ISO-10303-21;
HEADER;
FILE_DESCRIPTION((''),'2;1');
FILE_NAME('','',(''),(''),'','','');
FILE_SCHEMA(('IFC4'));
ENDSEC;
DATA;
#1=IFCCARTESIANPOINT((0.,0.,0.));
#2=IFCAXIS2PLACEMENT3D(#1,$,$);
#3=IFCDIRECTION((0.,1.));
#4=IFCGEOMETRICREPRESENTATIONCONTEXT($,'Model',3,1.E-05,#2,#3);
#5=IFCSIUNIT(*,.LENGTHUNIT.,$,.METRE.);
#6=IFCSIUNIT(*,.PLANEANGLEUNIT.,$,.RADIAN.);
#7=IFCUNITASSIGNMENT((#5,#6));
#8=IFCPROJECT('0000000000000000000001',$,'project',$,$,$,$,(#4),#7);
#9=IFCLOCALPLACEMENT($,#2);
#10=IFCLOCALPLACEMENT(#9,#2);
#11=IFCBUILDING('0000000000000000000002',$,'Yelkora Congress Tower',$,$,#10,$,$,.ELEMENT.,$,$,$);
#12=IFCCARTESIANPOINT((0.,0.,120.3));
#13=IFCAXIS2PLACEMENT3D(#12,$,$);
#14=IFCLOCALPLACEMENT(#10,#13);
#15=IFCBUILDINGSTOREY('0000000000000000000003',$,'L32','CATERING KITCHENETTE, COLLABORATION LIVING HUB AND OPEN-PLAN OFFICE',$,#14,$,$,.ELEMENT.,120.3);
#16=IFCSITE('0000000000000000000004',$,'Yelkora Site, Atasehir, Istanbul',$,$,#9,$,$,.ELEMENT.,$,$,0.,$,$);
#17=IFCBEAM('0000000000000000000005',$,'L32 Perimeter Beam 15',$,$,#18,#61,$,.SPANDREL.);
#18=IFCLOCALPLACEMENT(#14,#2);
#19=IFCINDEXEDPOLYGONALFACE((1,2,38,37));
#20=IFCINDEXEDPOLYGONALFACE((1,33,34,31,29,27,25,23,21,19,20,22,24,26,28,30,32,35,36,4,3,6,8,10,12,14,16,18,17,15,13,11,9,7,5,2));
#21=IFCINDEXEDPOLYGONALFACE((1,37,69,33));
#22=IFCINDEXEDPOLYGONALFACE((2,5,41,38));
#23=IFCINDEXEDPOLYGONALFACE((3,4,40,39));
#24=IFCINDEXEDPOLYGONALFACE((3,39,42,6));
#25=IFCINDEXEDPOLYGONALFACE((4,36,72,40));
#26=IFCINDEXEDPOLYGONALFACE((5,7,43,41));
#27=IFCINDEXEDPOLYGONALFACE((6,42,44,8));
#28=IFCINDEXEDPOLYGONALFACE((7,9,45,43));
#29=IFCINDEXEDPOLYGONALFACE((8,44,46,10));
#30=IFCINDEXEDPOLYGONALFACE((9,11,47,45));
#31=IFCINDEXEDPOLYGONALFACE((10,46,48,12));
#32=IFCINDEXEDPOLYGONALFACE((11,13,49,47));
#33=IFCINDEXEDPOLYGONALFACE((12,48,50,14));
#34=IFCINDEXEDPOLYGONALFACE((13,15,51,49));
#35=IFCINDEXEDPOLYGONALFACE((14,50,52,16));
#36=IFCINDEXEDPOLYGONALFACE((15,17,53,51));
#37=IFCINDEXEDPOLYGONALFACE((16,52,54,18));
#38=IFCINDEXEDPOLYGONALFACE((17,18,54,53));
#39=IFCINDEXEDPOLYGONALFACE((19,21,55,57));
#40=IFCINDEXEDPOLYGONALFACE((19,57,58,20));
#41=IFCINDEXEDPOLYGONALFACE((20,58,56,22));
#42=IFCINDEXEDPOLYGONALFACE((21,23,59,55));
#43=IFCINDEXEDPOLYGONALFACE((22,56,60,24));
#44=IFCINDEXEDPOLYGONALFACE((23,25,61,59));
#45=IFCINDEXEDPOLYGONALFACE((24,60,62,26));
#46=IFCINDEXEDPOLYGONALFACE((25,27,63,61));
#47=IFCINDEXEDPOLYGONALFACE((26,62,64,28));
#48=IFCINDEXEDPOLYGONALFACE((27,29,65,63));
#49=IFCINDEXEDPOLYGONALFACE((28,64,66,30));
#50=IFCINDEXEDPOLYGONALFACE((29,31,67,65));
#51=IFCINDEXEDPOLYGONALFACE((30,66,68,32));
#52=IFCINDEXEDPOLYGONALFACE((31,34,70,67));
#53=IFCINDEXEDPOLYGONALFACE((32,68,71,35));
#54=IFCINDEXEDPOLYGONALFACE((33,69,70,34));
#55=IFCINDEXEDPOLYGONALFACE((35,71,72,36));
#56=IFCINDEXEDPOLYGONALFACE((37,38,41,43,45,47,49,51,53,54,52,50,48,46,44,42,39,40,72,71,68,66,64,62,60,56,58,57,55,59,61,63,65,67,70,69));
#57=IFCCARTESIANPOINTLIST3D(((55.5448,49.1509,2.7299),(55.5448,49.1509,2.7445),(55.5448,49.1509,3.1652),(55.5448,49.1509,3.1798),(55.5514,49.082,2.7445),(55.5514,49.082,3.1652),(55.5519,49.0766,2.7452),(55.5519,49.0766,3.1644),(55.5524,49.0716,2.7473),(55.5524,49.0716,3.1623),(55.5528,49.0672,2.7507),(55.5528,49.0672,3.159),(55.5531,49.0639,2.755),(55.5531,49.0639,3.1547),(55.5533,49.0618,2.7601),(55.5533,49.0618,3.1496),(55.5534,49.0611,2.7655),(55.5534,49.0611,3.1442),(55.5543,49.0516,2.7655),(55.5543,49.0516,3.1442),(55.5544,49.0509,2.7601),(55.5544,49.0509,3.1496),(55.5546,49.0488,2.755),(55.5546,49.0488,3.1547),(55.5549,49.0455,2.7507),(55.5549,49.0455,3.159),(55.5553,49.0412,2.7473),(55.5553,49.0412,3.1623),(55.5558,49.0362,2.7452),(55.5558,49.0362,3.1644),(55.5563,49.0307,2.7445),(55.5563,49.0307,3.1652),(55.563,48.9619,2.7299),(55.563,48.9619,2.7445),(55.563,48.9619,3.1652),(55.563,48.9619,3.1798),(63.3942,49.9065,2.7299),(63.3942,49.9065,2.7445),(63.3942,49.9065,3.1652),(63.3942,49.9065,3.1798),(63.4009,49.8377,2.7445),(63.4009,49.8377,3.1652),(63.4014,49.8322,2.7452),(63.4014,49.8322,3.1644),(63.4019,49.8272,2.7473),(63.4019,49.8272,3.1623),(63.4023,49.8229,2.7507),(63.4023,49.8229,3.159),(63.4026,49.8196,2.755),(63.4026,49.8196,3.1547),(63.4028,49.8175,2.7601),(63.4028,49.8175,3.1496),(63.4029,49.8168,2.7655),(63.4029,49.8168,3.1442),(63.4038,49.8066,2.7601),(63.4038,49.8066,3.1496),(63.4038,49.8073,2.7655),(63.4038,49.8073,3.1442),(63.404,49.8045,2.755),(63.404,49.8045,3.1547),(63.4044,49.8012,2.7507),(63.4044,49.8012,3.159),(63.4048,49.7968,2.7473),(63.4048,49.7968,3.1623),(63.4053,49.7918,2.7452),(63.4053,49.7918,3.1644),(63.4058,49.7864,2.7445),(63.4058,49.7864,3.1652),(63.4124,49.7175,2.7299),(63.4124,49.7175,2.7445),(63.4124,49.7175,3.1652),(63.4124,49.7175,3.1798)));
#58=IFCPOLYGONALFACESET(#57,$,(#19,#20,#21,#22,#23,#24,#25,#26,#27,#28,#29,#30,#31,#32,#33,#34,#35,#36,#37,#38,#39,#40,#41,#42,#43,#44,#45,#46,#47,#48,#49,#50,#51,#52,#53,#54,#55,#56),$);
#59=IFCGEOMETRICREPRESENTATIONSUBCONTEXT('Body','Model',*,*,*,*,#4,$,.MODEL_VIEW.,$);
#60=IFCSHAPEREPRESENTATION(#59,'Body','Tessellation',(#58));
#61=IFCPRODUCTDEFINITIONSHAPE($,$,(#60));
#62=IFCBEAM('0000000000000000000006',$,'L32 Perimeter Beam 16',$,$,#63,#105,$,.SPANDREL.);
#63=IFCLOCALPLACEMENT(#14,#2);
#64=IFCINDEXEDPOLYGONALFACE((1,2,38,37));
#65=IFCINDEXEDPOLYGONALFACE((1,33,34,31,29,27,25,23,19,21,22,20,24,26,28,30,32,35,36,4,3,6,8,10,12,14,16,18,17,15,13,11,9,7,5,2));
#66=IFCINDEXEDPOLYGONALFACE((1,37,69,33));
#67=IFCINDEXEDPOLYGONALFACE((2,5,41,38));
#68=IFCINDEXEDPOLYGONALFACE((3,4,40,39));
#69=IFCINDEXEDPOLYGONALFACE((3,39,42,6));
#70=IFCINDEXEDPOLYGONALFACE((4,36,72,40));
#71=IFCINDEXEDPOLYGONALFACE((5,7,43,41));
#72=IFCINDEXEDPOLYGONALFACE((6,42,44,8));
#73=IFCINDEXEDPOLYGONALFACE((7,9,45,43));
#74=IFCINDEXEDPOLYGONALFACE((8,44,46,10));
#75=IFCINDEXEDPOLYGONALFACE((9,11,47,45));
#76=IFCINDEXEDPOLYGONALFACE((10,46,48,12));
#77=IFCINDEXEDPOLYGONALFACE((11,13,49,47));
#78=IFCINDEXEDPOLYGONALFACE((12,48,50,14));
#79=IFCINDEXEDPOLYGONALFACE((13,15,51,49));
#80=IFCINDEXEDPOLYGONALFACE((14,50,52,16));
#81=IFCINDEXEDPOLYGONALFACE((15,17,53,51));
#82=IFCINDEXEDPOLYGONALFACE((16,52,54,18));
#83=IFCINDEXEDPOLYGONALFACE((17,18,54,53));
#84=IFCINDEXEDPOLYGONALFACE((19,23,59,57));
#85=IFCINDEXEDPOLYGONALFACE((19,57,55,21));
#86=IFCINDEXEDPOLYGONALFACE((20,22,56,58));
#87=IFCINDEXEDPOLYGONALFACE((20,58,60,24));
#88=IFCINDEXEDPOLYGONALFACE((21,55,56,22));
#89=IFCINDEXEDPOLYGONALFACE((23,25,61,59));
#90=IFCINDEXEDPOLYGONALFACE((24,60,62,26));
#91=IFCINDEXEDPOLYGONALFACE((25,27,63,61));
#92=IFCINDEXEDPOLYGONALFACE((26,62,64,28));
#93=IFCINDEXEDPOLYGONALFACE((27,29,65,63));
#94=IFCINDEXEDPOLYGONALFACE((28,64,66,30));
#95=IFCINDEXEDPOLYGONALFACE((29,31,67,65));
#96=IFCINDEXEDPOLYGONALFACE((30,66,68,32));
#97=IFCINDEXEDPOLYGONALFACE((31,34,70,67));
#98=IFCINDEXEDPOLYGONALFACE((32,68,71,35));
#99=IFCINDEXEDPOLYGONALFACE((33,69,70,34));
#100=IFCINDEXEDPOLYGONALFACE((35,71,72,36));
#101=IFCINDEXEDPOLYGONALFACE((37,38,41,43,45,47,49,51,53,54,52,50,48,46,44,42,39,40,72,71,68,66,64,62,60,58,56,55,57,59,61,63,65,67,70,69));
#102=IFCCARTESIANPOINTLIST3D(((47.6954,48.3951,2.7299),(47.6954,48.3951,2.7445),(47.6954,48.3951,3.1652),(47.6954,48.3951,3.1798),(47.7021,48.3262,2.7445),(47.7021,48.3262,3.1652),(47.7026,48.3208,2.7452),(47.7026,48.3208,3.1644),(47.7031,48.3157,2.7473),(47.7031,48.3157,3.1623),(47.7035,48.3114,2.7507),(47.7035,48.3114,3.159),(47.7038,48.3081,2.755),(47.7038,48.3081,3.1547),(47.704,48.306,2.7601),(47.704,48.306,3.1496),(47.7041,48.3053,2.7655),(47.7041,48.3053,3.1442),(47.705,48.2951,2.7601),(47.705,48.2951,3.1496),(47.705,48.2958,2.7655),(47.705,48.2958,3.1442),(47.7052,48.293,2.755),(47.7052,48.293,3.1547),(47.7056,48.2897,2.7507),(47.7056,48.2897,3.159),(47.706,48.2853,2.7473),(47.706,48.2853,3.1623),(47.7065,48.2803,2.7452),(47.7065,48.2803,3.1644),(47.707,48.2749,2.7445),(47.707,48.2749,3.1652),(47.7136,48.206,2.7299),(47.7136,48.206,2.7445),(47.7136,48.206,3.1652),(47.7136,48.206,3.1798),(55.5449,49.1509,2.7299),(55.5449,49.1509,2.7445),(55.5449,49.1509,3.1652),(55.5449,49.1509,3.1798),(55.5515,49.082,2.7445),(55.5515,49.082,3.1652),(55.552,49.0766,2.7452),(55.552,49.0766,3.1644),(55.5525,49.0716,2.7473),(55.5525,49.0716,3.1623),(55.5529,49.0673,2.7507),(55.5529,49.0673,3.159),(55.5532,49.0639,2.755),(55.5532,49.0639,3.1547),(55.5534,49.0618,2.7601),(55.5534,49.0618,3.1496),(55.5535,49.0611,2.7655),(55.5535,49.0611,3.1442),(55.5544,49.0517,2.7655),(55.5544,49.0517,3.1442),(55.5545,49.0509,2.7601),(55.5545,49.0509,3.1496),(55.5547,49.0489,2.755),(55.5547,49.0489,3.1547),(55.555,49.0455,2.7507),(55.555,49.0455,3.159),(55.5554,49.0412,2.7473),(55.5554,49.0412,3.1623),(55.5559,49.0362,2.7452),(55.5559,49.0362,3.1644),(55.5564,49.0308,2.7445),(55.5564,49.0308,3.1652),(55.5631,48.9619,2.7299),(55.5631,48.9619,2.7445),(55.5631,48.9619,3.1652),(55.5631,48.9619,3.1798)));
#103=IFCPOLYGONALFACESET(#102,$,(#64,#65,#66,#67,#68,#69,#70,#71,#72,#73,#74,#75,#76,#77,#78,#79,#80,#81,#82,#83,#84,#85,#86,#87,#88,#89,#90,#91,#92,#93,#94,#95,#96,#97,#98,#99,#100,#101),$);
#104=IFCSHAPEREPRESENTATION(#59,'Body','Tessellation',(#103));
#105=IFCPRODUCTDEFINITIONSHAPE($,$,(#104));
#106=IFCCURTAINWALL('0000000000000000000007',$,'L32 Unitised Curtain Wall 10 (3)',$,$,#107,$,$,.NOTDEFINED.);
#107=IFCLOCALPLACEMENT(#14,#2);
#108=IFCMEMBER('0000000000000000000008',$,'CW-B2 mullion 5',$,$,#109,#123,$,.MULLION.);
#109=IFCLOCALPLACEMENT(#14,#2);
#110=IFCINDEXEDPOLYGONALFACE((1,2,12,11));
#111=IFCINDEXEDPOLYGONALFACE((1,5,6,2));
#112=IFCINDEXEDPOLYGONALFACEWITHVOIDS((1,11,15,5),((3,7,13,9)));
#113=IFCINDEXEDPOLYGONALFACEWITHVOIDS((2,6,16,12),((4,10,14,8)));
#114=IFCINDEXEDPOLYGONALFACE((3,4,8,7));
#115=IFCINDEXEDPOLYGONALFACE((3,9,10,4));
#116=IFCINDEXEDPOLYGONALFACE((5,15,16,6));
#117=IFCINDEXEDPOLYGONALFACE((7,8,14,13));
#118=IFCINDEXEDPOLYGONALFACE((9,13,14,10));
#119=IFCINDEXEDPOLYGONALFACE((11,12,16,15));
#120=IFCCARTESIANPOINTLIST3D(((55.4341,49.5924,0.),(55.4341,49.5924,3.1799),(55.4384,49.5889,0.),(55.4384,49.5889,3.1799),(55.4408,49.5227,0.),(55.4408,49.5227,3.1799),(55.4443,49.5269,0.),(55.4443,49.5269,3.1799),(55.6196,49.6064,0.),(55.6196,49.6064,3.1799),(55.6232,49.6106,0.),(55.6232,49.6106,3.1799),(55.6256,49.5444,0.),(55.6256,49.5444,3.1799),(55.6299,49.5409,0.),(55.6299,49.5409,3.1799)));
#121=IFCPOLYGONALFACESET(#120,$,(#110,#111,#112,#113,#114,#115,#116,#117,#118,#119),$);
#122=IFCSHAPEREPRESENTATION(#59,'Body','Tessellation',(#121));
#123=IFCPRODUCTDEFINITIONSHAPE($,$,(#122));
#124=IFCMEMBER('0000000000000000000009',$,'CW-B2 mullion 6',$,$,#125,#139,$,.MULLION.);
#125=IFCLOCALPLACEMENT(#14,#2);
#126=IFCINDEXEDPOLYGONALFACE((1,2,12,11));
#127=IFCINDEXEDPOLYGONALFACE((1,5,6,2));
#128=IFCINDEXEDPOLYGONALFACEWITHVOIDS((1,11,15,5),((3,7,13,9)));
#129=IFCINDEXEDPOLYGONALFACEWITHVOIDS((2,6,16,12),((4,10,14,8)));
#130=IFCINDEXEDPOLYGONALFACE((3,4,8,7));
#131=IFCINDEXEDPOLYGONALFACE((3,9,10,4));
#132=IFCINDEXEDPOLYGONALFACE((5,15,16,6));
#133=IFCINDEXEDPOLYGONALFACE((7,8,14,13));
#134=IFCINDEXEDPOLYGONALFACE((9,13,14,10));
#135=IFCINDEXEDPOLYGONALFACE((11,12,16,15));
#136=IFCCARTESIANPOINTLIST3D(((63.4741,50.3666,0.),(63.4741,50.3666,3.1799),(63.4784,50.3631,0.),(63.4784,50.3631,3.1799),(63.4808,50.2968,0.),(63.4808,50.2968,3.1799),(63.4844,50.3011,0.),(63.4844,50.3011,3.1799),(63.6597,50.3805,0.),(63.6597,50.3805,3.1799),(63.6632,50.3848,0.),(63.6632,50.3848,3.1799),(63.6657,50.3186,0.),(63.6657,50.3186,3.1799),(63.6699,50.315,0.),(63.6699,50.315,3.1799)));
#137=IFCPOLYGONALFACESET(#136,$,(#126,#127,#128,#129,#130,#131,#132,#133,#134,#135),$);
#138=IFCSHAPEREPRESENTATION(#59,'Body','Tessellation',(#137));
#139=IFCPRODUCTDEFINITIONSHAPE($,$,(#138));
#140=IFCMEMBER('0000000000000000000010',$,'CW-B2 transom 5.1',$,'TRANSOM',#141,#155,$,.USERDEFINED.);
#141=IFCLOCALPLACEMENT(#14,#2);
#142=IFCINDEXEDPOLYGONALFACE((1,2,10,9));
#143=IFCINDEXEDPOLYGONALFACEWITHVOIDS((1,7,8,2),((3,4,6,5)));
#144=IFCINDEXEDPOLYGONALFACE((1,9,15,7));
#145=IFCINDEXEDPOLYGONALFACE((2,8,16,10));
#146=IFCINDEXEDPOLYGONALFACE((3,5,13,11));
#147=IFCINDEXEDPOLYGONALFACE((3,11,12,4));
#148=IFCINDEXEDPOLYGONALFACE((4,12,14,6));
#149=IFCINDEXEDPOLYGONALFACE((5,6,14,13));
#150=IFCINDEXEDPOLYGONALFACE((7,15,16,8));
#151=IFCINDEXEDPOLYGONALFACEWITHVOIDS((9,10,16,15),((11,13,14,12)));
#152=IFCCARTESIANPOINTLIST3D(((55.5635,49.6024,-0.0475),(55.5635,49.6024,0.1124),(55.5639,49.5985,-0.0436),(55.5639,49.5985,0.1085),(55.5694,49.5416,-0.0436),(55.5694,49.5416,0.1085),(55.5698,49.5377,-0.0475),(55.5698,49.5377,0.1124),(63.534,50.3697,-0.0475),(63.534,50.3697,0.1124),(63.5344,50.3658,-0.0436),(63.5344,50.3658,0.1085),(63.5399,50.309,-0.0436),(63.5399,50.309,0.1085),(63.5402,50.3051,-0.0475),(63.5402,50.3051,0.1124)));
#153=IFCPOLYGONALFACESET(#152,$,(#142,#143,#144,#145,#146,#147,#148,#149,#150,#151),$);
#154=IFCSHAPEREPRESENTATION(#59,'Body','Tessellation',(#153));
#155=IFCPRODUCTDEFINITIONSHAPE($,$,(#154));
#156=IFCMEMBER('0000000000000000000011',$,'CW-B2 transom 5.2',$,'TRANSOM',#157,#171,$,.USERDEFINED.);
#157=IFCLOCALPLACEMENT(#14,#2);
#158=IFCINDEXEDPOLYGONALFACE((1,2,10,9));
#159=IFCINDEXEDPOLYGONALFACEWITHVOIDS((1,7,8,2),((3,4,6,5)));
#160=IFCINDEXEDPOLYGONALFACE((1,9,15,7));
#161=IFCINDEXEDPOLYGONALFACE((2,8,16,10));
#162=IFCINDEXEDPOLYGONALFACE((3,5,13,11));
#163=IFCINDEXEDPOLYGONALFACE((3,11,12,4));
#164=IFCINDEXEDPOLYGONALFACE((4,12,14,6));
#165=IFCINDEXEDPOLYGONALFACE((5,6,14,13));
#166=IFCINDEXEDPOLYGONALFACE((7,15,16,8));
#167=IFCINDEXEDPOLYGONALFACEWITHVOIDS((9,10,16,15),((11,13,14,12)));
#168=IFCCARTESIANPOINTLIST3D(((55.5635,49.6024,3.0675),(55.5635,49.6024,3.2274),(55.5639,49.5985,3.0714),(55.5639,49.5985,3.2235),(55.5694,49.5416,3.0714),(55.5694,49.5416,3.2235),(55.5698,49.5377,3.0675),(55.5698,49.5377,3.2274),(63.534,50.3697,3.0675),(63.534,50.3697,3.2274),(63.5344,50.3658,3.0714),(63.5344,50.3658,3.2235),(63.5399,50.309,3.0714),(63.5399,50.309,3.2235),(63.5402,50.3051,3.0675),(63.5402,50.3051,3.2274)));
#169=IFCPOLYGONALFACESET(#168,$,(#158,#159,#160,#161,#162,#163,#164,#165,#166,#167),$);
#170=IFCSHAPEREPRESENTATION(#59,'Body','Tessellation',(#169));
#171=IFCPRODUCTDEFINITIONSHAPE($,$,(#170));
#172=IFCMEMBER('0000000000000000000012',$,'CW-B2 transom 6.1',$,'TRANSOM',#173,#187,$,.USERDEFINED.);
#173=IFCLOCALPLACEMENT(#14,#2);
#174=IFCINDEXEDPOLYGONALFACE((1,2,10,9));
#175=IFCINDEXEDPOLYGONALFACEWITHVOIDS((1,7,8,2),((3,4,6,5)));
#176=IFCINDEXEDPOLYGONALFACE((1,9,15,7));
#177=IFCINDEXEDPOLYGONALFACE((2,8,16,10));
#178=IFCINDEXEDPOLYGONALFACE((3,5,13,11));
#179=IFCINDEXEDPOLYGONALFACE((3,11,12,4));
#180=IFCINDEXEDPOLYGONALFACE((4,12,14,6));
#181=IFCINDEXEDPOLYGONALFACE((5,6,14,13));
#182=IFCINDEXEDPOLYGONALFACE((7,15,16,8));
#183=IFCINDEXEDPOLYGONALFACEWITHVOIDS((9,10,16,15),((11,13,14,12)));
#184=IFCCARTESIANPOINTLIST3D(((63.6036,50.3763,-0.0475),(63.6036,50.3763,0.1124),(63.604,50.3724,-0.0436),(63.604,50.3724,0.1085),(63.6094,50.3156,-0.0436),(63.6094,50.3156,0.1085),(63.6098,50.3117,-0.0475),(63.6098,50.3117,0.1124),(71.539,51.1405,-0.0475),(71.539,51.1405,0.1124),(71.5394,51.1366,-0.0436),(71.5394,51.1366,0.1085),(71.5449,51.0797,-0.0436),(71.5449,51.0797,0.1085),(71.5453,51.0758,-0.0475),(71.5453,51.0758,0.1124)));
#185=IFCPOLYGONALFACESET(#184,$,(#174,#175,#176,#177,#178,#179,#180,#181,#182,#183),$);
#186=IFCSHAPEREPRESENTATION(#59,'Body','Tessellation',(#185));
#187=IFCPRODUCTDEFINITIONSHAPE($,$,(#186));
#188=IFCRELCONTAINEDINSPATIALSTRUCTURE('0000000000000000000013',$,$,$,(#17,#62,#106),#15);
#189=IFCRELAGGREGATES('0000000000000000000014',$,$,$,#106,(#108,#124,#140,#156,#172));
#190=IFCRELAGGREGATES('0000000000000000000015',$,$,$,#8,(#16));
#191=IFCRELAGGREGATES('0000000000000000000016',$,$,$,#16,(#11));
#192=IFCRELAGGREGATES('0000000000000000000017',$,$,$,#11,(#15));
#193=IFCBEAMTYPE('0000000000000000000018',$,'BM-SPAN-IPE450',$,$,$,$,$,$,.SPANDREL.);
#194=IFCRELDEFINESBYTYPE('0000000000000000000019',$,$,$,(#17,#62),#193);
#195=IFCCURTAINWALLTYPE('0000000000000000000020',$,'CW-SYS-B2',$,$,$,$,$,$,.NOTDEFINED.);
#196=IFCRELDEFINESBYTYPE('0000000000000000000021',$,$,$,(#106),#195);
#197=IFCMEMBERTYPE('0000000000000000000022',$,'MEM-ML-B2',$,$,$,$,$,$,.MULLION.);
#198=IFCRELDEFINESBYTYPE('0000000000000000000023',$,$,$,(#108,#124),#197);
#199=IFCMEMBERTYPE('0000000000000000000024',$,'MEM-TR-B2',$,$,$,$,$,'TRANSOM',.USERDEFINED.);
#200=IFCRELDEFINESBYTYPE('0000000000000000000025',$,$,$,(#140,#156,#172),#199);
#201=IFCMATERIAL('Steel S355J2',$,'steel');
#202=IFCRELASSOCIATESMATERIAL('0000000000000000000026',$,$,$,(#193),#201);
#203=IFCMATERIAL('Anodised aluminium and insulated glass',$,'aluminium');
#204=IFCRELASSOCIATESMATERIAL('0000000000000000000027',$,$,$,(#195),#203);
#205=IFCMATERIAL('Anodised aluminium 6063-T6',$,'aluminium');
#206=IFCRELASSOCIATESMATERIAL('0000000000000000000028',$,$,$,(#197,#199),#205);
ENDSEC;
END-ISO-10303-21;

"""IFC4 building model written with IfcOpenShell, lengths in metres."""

from ifc_helpers import new_model, si_unit, direction, frame, origin, origin_2d, place, context, subcontext, project, spatial, hollow_rectangle, i_section, extrude, material, material_profile, profile_set, type_object, element, aggregate, save


model = new_model("IFC4")

# Units and contexts
model_context = context("Model", 3, precision=1e-05, world=origin(), true_north=direction((0.0, 1.0)))
body_context = subcontext(model_context, "Body", "Model", "MODEL_VIEW")
ifc_project = project(units=[si_unit("LENGTHUNIT", "METRE"), si_unit("PLANEANGLEUNIT", "RADIAN")], contexts=[model_context])

# Site, building, storey
site_placement = place(None, origin())
site = spatial("IfcSite", under=ifc_project, at=site_placement, Name="Yelkora Site, Atasehir, Istanbul", CompositionType="ELEMENT", RefElevation=0.0)
building_placement = place(site_placement, origin())
building = spatial("IfcBuilding", under=site, at=building_placement, Name="Yelkora Congress Tower", CompositionType="ELEMENT")
storey_placement = place(building_placement, frame((0.0, 0.0, 120.3)))
storey = spatial("IfcBuildingStorey", under=building, at=storey_placement, Name="L32", Description="CATERING KITCHENETTE, COLLABORATION LIVING HUB AND OPEN-PLAN OFFICE", CompositionType="ELEMENT", Elevation=120.3)

# Beams
ifc_material_1 = material(Name="Steel S355J2", Category="steel")
ifc_material_profile_1 = material_profile(ifc_material_1, i_section(OverallWidth=0.1899, OverallDepth=0.45, WebThickness=0.0095, FlangeThickness=0.0146, FilletRadius=0.021, at=origin_2d()), Name="IPE 450")
ifc_profile_set_1 = profile_set([ifc_material_profile_1], Name="Steel S355J2")
beam_type_1 = type_object("IfcBeamType", Name="BM-SPAN-IPE450", PredefinedType="SPANDREL", material=ifc_profile_set_1)
for number, where, z_axis, x_axis, name in (
    (1, (63.4033, 49.812, 2.9548), (-0.995399, -0.095822, 0.0), (0.095822, -0.995399, 0.0), "L32 Perimeter Beam 15"),
    (2, (55.554, 49.0564, 2.9548), (-0.995396, -0.095852, 0.0), (0.095852, -0.995396, 0.0), "L32 Perimeter Beam 16"),
):
    element("IfcBeam", number, at=place(storey_placement, frame(where, z_axis=z_axis, x_axis=x_axis)), inside=storey, type_object=beam_type_1, Name=name, PredefinedType="SPANDREL", context=body_context, shape_type="SweptSolid", body=[
        extrude(i_section(OverallWidth=0.1899, OverallDepth=0.45, WebThickness=0.0095, FlangeThickness=0.0146, FilletRadius=0.021, at=origin_2d()), origin(), (0.0, 0.0, 1.0), 7.8857),
    ])

# Curtain wall, members
ifc_material_2 = material(Name="Anodised aluminium and insulated glass", Category="aluminium")
curtain_wall_type = type_object("IfcCurtainWallType", Name="CW-SYS-B2", PredefinedType="NOTDEFINED", material=ifc_material_2)
curtain_wall_placement = place(storey_placement, origin())
curtain_wall = element("IfcCurtainWall", 3, at=curtain_wall_placement, inside=storey, type_object=curtain_wall_type, Name="L32 Unitised Curtain Wall 10 (3)", PredefinedType="NOTDEFINED")
ifc_material_3 = material(Name="Anodised aluminium 6063-T6", Category="aluminium")
ifc_material_profile_2 = material_profile(ifc_material_3, hollow_rectangle(XDim=0.0701, YDim=0.1899, WallThickness=0.0039, at=origin_2d()), Name="ALU 70x190x4")
ifc_profile_set_2 = profile_set([ifc_material_profile_2], Name="Anodised aluminium 6063-T6")
member_type_1 = type_object("IfcMemberType", Name="MEM-ML-B2", PredefinedType="MULLION", material=ifc_profile_set_2)
member_1_placement = place(storey_placement, frame((55.532, 49.5667, 0.0), z_axis=(0.0, 0.0, 1.0), x_axis=(-0.095844, 0.995396, 0.0)))
member_1 = element("IfcMember", 4, at=member_1_placement, type_object=member_type_1, Name="CW-B2 mullion 5", PredefinedType="MULLION", context=body_context, shape_type="SweptSolid", body=[
    extrude(hollow_rectangle(XDim=0.0701, YDim=0.1899, WallThickness=0.0039, at=origin_2d()), origin(), (0.0, 0.0, 1.0), 3.1799),
])
member_2_placement = place(storey_placement, frame((63.572, 50.3408, 0.0), z_axis=(0.0, 0.0, 1.0), x_axis=(-0.095844, 0.995396, 0.0)))
member_2 = element("IfcMember", 5, at=member_2_placement, type_object=member_type_1, Name="CW-B2 mullion 6", PredefinedType="MULLION", context=body_context, shape_type="SweptSolid", body=[
    extrude(hollow_rectangle(XDim=0.0701, YDim=0.1899, WallThickness=0.0039, at=origin_2d()), origin(), (0.0, 0.0, 1.0), 3.1799),
])
ifc_material_profile_3 = material_profile(ifc_material_3, hollow_rectangle(XDim=0.0649, YDim=0.1599, WallThickness=0.0039, at=origin_2d()), Name="ALU 65x160x4")
ifc_profile_set_3 = profile_set([ifc_material_profile_3], Name="Anodised aluminium 6063-T6")
member_type_2 = type_object("IfcMemberType", Name="MEM-TR-B2", ElementType="TRANSOM", PredefinedType="USERDEFINED", material=ifc_profile_set_3)
member_3_placement = place(storey_placement, frame((55.5667, 49.5701, 0.0325), z_axis=(0.995398, 0.095829, 0.0), x_axis=(-0.095829, 0.995398, 0.0)))
member_3 = element("IfcMember", 6, at=member_3_placement, type_object=member_type_2, Name="CW-B2 transom 5.1", ObjectType="TRANSOM", PredefinedType="USERDEFINED", context=body_context, shape_type="SweptSolid", body=[
    extrude(hollow_rectangle(XDim=0.0649, YDim=0.1599, WallThickness=0.0039, at=origin_2d()), origin(), (0.0, 0.0, 1.0), 8.0073),
])
member_4_placement = place(storey_placement, frame((55.5667, 49.5701, 3.1475), z_axis=(0.995398, 0.095829, 0.0), x_axis=(-0.095829, 0.995398, 0.0)))
member_4 = element("IfcMember", 7, at=member_4_placement, type_object=member_type_2, Name="CW-B2 transom 5.2", ObjectType="TRANSOM", PredefinedType="USERDEFINED", context=body_context, shape_type="SweptSolid", body=[
    extrude(hollow_rectangle(XDim=0.0649, YDim=0.1599, WallThickness=0.0039, at=origin_2d()), origin(), (0.0, 0.0, 1.0), 8.0073),
])
member_5_placement = place(storey_placement, frame((63.6067, 50.344, 0.0325), z_axis=(0.995396, 0.095852, 0.0), x_axis=(-0.095852, 0.995396, 0.0)))
member_5 = element("IfcMember", 8, at=member_5_placement, type_object=member_type_2, Name="CW-B2 transom 6.1", ObjectType="TRANSOM", PredefinedType="USERDEFINED", context=body_context, shape_type="SweptSolid", body=[
    extrude(hollow_rectangle(XDim=0.0649, YDim=0.1599, WallThickness=0.0039, at=origin_2d()), origin(), (0.0, 0.0, 1.0), 7.9722),
])
aggregate(curtain_wall, [member_1, member_2, member_3, member_4, member_5])

save(model, "model.ifc")
